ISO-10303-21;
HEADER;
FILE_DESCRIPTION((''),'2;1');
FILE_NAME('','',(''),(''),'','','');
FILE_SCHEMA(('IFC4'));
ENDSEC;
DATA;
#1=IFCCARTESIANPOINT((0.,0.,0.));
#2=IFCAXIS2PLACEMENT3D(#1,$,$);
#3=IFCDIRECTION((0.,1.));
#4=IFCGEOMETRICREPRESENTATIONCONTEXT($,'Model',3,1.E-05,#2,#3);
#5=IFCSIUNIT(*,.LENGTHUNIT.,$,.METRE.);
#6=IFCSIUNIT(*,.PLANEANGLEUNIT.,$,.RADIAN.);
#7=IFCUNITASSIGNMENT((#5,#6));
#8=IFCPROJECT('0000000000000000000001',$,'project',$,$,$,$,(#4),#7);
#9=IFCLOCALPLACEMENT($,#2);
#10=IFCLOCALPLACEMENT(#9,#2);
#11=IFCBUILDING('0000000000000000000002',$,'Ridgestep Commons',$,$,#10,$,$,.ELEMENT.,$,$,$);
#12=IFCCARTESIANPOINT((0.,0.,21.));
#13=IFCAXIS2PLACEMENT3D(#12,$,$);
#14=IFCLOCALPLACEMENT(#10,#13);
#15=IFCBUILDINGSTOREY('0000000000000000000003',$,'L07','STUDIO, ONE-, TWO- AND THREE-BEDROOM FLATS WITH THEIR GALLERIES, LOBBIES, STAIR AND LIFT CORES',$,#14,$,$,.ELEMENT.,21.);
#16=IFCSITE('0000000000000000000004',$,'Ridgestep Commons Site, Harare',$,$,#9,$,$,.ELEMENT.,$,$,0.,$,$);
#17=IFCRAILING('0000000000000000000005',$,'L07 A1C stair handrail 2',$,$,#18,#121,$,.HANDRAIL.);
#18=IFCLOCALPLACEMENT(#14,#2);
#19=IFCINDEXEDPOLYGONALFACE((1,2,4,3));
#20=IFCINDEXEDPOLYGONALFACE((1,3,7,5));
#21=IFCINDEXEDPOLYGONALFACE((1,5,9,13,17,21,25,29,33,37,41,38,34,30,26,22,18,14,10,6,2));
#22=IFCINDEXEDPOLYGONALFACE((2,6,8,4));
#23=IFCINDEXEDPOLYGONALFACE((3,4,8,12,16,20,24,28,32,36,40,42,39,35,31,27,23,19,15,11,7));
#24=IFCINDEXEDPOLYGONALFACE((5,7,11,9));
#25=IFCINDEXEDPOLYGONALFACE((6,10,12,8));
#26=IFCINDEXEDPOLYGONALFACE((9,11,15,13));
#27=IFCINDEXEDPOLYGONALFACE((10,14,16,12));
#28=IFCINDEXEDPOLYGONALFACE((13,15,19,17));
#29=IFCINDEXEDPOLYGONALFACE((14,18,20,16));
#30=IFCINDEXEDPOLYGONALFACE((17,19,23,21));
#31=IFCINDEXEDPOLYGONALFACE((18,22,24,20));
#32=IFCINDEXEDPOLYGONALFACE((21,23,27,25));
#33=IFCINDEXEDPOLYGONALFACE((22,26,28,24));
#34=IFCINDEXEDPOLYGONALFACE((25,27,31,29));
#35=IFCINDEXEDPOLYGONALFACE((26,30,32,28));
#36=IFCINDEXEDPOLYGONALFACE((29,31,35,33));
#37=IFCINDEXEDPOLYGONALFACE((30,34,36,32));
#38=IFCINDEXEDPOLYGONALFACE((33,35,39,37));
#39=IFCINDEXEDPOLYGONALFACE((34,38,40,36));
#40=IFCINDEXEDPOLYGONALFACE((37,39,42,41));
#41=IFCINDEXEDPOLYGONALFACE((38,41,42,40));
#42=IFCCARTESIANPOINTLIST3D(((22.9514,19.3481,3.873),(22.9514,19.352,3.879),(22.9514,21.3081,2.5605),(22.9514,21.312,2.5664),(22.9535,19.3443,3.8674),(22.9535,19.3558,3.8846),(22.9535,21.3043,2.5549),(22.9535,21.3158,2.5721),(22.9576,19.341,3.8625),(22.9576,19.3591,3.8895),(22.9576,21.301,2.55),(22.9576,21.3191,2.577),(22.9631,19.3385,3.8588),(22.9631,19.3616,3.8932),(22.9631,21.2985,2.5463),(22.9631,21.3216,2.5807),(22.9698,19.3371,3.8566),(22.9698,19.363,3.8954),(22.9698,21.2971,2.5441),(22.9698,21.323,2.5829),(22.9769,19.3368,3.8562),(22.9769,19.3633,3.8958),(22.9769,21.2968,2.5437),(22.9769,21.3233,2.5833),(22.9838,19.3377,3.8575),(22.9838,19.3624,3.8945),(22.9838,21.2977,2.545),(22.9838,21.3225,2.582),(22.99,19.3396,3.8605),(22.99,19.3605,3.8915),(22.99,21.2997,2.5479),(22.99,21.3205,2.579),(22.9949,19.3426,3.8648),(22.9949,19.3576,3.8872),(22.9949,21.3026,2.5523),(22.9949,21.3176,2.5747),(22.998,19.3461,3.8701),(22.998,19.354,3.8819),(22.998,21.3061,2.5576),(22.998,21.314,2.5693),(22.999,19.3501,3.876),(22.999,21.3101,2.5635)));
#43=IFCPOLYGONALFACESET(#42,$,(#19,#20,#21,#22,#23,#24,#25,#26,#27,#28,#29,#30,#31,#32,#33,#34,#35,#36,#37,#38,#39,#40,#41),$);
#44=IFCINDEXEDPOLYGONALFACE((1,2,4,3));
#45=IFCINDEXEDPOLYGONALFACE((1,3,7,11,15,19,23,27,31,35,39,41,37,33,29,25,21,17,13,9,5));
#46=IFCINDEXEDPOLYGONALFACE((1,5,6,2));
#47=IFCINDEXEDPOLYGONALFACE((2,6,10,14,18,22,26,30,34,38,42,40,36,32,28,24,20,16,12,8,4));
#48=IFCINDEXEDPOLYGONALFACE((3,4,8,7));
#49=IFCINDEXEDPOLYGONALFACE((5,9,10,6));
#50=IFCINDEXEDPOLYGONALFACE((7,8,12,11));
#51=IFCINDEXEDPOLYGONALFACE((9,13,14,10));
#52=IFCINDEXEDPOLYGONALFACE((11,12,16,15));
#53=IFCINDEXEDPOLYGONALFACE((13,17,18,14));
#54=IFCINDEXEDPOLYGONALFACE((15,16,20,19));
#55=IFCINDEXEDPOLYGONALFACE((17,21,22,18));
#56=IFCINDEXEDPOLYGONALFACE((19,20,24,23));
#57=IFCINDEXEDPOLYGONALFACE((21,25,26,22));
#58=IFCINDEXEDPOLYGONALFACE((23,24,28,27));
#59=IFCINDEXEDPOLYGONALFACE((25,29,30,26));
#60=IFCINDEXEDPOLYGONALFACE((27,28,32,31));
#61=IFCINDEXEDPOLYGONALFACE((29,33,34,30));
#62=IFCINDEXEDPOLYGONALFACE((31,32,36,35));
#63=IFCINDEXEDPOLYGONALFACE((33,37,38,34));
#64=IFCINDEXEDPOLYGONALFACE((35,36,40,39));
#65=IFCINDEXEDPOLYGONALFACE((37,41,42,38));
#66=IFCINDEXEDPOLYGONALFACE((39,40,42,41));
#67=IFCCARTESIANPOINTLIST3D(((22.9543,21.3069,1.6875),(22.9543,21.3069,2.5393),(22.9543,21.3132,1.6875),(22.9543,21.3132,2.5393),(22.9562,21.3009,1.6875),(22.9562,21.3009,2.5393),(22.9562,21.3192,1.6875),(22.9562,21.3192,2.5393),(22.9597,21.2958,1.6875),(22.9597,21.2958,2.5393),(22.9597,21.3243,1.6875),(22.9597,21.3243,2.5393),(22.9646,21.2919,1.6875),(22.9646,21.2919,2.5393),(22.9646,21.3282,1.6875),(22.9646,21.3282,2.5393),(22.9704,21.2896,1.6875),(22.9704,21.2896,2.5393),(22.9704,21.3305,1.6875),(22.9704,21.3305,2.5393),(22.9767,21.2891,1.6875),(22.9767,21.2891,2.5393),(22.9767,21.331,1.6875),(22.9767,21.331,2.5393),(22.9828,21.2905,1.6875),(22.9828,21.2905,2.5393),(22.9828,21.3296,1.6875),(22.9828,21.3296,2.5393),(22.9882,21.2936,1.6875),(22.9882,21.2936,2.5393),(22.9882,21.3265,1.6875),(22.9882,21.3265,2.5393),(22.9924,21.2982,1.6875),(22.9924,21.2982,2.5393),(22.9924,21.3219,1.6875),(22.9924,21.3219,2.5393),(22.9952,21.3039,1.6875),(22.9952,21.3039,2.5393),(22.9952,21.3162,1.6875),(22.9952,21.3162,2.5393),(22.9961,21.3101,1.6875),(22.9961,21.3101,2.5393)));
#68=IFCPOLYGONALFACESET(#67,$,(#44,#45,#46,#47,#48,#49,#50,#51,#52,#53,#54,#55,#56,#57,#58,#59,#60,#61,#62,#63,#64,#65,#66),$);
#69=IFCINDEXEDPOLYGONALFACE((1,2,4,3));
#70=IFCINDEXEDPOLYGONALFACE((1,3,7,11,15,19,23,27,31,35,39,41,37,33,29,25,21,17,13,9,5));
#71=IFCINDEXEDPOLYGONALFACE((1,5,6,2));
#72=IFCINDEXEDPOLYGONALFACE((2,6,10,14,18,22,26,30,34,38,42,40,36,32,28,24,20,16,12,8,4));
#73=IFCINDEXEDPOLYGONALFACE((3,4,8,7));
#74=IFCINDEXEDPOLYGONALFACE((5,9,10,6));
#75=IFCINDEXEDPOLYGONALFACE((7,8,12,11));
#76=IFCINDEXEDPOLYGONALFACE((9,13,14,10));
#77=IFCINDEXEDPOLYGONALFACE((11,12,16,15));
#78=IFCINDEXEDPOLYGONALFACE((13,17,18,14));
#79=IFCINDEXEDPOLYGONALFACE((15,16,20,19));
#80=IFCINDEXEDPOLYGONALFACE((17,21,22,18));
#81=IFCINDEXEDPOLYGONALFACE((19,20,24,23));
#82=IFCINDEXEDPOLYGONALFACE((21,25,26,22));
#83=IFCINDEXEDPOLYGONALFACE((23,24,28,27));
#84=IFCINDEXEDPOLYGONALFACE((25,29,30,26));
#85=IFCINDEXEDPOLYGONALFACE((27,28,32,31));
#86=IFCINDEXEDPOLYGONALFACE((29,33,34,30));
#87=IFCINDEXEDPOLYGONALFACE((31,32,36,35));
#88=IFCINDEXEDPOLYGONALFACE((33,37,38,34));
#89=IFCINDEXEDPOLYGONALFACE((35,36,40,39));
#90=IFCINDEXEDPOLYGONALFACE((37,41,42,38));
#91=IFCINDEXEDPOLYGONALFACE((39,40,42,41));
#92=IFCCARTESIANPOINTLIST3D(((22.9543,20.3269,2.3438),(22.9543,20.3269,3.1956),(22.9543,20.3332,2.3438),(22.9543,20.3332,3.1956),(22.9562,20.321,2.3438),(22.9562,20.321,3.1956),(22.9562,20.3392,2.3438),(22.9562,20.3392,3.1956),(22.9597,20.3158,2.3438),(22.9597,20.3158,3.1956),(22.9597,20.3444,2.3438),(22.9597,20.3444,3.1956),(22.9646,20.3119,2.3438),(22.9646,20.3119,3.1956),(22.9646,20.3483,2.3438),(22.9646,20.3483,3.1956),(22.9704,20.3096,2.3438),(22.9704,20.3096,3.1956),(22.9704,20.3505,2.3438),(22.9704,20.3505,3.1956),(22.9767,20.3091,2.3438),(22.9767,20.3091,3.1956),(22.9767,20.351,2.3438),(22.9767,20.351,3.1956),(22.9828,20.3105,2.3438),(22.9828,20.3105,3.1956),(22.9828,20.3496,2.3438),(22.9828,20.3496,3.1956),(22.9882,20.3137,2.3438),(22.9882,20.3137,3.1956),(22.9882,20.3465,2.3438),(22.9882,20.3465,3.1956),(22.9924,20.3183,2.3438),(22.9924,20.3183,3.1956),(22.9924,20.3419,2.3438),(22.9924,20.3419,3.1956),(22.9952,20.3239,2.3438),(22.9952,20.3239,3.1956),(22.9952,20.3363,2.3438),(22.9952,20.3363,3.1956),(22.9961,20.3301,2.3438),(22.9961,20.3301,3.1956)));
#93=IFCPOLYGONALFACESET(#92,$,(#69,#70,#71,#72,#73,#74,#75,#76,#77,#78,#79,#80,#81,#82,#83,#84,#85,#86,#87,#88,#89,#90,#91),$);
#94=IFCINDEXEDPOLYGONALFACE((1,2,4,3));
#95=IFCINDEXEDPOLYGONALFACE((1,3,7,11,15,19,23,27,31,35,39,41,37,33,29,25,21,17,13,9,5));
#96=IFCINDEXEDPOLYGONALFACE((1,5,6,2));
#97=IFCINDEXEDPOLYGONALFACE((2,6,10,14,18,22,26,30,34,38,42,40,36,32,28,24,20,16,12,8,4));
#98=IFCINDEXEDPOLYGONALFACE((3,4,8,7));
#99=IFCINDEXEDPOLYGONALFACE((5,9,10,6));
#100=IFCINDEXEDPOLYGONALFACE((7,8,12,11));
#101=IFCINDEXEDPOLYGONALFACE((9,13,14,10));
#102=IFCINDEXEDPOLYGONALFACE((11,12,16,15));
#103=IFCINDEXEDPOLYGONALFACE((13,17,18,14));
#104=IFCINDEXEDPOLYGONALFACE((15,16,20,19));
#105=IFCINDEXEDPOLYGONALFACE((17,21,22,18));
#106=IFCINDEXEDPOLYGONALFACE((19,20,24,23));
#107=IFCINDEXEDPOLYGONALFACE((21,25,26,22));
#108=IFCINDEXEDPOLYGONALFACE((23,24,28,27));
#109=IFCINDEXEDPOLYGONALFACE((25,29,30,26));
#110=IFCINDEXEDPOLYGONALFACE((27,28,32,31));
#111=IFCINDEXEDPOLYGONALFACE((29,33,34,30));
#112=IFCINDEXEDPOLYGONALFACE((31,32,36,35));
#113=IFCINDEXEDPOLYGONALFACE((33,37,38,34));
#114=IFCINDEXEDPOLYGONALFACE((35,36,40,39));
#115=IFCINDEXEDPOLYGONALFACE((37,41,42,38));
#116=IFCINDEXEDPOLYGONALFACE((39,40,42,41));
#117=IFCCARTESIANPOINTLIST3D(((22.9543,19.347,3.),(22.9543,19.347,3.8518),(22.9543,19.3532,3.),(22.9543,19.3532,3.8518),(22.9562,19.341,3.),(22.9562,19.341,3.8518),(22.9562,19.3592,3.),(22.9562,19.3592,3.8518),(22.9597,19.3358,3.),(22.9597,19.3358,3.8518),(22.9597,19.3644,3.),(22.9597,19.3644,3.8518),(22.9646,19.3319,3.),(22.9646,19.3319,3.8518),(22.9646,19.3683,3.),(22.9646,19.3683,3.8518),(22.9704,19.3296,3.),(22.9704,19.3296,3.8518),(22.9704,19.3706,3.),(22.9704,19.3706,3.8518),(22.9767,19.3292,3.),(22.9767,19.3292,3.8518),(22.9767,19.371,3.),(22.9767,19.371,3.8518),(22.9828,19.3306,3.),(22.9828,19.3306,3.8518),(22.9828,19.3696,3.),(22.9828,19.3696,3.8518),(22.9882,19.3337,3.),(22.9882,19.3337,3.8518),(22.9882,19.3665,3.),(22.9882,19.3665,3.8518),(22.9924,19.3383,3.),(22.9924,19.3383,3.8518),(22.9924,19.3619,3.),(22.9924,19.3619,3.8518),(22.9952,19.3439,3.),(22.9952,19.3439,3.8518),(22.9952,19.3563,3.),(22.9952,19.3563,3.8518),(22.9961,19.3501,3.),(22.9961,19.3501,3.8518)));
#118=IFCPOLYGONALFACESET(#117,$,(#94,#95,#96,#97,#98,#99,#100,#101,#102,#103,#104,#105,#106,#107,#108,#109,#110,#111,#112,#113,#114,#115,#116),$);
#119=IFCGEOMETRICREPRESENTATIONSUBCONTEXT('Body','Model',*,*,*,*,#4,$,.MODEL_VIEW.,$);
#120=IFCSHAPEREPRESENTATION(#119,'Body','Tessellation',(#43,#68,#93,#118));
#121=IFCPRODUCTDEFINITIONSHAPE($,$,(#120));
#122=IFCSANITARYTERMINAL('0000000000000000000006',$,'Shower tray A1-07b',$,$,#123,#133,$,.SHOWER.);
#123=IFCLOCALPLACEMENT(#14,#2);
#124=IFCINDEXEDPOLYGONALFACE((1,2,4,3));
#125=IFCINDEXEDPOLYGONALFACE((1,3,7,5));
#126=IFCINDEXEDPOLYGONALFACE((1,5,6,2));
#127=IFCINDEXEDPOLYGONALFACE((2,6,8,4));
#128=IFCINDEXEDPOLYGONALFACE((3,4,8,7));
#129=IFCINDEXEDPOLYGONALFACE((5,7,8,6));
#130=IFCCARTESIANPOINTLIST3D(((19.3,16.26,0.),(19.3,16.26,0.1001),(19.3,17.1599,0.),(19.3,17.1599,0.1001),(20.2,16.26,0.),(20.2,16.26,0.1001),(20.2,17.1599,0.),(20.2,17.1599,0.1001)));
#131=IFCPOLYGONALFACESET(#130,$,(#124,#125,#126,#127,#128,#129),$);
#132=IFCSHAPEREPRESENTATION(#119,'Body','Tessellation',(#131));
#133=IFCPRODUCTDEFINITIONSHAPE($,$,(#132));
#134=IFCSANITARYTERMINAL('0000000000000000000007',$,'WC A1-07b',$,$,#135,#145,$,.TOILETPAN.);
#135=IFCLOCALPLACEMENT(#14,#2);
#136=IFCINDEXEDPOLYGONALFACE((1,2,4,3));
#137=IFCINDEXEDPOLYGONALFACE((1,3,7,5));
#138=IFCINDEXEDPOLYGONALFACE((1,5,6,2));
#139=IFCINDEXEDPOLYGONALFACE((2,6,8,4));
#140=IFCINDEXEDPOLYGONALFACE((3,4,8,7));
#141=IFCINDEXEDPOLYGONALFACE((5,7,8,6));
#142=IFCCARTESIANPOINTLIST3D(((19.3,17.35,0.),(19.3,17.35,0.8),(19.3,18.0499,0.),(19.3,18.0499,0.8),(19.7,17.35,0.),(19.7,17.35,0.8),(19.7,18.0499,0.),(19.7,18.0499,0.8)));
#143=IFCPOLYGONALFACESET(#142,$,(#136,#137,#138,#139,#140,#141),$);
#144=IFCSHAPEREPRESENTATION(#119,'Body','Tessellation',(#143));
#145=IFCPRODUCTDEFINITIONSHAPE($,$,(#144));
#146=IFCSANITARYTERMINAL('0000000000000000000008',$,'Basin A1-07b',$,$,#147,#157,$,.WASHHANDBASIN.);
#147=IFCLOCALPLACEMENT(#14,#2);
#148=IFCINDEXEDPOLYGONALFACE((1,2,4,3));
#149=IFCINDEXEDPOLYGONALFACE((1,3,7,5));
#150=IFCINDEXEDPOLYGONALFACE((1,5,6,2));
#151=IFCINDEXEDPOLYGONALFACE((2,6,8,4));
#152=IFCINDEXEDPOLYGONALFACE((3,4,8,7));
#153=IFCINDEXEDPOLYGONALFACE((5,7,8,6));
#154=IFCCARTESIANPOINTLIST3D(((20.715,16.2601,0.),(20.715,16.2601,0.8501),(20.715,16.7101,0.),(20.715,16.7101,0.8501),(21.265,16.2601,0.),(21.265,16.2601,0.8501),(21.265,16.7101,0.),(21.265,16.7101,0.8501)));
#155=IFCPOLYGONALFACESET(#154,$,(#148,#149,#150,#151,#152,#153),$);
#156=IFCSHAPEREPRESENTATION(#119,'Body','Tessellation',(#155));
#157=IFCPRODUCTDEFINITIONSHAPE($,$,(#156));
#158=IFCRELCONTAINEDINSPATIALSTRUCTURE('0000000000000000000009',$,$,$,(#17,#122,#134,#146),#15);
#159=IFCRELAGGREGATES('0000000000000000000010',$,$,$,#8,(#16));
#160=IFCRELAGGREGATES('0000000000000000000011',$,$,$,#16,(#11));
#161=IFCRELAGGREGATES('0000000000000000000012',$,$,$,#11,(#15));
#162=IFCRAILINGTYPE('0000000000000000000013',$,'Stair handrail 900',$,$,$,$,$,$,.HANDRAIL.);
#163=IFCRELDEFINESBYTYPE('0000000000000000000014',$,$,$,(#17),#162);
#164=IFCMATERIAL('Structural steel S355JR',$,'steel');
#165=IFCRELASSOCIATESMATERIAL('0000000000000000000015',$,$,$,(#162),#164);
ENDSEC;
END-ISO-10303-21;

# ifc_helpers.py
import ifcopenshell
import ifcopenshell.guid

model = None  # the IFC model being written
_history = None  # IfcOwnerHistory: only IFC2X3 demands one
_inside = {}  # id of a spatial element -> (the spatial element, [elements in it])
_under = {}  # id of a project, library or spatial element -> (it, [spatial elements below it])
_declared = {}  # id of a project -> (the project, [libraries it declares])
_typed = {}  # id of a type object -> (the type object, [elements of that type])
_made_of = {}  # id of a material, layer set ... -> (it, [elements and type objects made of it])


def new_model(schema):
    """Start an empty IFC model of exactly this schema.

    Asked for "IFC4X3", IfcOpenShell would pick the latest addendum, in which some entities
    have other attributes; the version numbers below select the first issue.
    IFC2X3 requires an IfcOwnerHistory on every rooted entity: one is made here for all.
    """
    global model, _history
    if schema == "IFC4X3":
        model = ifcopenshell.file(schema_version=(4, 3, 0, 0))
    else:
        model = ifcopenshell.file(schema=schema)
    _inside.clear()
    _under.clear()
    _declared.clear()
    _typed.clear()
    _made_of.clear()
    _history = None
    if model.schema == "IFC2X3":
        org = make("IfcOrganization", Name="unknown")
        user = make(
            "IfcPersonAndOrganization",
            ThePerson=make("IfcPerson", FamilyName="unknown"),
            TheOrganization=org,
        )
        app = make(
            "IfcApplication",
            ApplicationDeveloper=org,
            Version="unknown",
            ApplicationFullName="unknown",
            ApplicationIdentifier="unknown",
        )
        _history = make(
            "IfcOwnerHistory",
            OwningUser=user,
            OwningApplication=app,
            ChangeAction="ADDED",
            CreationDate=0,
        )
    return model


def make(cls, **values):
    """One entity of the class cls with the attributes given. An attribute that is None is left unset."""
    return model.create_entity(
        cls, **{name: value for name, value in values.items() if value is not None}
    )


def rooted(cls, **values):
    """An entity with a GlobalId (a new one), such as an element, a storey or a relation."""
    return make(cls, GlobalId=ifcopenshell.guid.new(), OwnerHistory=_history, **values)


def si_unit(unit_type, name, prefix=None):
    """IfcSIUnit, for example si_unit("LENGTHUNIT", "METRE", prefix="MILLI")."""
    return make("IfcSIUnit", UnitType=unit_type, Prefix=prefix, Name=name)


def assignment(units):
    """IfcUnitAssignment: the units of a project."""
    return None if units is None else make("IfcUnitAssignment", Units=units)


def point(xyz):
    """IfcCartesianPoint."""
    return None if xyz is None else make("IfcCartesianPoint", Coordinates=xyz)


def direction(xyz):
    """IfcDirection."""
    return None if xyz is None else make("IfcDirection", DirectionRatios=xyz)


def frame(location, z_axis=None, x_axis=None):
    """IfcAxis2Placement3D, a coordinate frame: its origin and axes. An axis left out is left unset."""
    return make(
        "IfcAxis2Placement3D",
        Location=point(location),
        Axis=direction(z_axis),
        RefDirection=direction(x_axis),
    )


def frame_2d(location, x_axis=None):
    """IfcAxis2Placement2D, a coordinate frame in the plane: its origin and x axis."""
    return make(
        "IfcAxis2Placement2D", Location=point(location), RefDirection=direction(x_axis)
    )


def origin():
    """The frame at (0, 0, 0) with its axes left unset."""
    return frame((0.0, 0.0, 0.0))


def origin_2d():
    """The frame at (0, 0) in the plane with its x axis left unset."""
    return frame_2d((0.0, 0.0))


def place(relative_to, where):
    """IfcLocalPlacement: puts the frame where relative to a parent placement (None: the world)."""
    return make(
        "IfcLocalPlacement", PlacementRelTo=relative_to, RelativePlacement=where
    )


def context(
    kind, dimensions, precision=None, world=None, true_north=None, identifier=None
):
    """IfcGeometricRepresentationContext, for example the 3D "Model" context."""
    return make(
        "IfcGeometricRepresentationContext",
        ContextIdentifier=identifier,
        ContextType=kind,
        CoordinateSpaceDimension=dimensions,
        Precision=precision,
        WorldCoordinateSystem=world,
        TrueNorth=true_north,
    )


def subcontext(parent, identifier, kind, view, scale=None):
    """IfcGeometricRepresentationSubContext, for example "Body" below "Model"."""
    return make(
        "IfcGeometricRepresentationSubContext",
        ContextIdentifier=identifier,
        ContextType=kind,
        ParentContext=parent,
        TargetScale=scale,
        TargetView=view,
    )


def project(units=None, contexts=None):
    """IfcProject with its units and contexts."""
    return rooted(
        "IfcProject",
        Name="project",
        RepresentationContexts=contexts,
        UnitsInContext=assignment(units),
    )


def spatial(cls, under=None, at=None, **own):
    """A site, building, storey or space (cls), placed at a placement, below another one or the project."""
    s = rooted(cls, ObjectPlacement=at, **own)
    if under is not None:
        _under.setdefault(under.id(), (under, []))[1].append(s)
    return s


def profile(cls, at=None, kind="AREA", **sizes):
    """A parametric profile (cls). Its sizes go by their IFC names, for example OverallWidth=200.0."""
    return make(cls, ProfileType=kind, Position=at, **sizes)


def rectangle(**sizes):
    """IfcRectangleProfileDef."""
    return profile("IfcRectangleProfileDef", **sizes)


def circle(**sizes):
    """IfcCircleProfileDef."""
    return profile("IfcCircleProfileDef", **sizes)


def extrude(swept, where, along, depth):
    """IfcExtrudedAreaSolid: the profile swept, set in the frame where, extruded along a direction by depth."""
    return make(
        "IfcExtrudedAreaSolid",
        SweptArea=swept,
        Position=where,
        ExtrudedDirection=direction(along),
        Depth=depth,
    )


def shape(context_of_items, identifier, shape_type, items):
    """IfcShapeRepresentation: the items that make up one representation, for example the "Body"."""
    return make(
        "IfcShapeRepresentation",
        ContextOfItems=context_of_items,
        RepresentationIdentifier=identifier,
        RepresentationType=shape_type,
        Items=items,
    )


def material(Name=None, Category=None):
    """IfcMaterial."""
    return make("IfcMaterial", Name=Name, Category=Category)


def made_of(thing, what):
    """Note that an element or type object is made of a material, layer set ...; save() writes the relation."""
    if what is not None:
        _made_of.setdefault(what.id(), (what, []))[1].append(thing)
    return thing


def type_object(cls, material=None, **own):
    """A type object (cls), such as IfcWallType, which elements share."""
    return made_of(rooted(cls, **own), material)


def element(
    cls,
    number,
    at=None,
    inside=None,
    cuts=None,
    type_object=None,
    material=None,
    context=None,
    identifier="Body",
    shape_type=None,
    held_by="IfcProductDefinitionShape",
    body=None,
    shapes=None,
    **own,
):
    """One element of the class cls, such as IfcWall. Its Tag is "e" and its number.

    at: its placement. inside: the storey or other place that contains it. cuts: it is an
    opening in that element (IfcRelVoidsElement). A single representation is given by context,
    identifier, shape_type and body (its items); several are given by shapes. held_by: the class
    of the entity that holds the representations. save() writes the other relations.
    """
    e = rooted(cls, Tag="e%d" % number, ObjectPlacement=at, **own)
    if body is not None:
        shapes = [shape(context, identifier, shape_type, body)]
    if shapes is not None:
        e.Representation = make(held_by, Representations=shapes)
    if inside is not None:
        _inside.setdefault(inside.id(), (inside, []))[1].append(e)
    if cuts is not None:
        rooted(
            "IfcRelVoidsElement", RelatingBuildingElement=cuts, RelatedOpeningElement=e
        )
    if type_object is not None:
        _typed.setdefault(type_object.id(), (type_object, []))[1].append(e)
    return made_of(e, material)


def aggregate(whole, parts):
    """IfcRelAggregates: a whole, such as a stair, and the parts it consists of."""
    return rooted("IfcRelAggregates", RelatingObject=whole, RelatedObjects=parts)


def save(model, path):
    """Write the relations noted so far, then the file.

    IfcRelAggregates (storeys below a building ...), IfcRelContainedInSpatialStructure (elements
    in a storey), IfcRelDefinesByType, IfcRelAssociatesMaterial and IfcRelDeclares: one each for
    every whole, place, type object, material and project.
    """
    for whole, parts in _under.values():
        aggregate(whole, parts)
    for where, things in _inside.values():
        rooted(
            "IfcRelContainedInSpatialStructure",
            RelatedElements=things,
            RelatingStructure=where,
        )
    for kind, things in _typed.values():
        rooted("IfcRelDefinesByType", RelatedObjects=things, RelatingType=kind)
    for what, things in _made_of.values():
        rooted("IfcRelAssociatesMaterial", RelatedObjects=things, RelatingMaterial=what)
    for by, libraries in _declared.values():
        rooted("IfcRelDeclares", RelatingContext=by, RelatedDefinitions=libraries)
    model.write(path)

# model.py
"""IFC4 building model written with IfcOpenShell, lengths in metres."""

from ifc_helpers import new_model, si_unit, direction, frame, origin, origin_2d, place, context, subcontext, project, spatial, rectangle, circle, extrude, material, type_object, element, save


model = new_model("IFC4")

# Units and contexts
model_context = context("Model", 3, precision=1e-05, world=origin(), true_north=direction((0.0, 1.0)))
body_context = subcontext(model_context, "Body", "Model", "MODEL_VIEW")
ifc_project = project(units=[si_unit("LENGTHUNIT", "METRE"), si_unit("PLANEANGLEUNIT", "RADIAN")], contexts=[model_context])

# Site, building, storey
site_placement = place(None, origin())
site = spatial("IfcSite", under=ifc_project, at=site_placement, Name="Ridgestep Commons Site, Harare", CompositionType="ELEMENT", RefElevation=0.0)
building_placement = place(site_placement, origin())
building = spatial("IfcBuilding", under=site, at=building_placement, Name="Ridgestep Commons", CompositionType="ELEMENT")
storey_placement = place(building_placement, frame((0.0, 0.0, 21.0)))
storey = spatial("IfcBuildingStorey", under=building, at=storey_placement, Name="L07", Description="STUDIO, ONE-, TWO- AND THREE-BEDROOM FLATS WITH THEIR GALLERIES, LOBBIES, STAIR AND LIFT CORES", CompositionType="ELEMENT", Elevation=21.0)

# Railing
ifc_material_1 = material(Name="Structural steel S355JR", Category="steel")
railing_type_1 = type_object("IfcRailingType", Name="Stair handrail 900", PredefinedType="HANDRAIL", material=ifc_material_1)
railing_1_placement = place(storey_placement, frame((22.9751, 21.3101, 1.6875)))
element("IfcRailing", 1, at=railing_1_placement, inside=storey, type_object=railing_type_1, Name="L07 A1C stair handrail 2", PredefinedType="HANDRAIL", context=body_context, shape_type="SweptSolid", body=[
    extrude(circle(Radius=0.0239, at=origin_2d()), frame((0.0, 0.0, 0.876), z_axis=(0.0, -0.830902, 0.556419), x_axis=(1.0, 0.0, 0.0)), (0.0, 0.0, 1.0), 2.3589),
    extrude(circle(Radius=0.021, at=origin_2d()), origin(), (0.0, 0.0, 1.0), 0.8518),
    extrude(circle(Radius=0.021, at=origin_2d()), frame((0.0, -0.98, 0.6562)), (0.0, 0.0, 1.0), 0.8518),
    extrude(circle(Radius=0.021, at=origin_2d()), frame((0.0, -1.96, 1.3125)), (0.0, 0.0, 1.0), 0.8518),
])

# Sanitary terminals
sanitary_terminal_1_placement = place(storey_placement, frame((19.75, 16.71, 0.0), z_axis=(0.0, 0.0, 1.0), x_axis=(1.0, 0.0, 0.0)))
element("IfcSanitaryTerminal", 2, at=sanitary_terminal_1_placement, inside=storey, Name="Shower tray A1-07b", PredefinedType="SHOWER", context=body_context, shape_type="SweptSolid", body=[
    extrude(rectangle(XDim=0.8999, YDim=0.8999, at=origin_2d()), origin(), (0.0, 0.0, 1.0), 0.1001),
])
sanitary_terminal_2_placement = place(storey_placement, frame((19.5, 17.7, 0.0), z_axis=(0.0, 0.0, 1.0), x_axis=(1.0, 0.0, 0.0)))
element("IfcSanitaryTerminal", 3, at=sanitary_terminal_2_placement, inside=storey, Name="WC A1-07b", PredefinedType="TOILETPAN", context=body_context, shape_type="SweptSolid", body=[
    extrude(rectangle(XDim=0.3999, YDim=0.7, at=origin_2d()), origin(), (0.0, 0.0, 1.0), 0.8),
])
sanitary_terminal_3_placement = place(storey_placement, frame((20.99, 16.4851, 0.0), z_axis=(0.0, 0.0, 1.0), x_axis=(1.0, 0.0, 0.0)))
element("IfcSanitaryTerminal", 4, at=sanitary_terminal_3_placement, inside=storey, Name="Basin A1-07b", PredefinedType="WASHHANDBASIN", context=body_context, shape_type="SweptSolid", body=[
    extrude(rectangle(XDim=0.55, YDim=0.45, at=origin_2d()), origin(), (0.0, 0.0, 1.0), 0.8501),
])

save(model, "model.ifc")
